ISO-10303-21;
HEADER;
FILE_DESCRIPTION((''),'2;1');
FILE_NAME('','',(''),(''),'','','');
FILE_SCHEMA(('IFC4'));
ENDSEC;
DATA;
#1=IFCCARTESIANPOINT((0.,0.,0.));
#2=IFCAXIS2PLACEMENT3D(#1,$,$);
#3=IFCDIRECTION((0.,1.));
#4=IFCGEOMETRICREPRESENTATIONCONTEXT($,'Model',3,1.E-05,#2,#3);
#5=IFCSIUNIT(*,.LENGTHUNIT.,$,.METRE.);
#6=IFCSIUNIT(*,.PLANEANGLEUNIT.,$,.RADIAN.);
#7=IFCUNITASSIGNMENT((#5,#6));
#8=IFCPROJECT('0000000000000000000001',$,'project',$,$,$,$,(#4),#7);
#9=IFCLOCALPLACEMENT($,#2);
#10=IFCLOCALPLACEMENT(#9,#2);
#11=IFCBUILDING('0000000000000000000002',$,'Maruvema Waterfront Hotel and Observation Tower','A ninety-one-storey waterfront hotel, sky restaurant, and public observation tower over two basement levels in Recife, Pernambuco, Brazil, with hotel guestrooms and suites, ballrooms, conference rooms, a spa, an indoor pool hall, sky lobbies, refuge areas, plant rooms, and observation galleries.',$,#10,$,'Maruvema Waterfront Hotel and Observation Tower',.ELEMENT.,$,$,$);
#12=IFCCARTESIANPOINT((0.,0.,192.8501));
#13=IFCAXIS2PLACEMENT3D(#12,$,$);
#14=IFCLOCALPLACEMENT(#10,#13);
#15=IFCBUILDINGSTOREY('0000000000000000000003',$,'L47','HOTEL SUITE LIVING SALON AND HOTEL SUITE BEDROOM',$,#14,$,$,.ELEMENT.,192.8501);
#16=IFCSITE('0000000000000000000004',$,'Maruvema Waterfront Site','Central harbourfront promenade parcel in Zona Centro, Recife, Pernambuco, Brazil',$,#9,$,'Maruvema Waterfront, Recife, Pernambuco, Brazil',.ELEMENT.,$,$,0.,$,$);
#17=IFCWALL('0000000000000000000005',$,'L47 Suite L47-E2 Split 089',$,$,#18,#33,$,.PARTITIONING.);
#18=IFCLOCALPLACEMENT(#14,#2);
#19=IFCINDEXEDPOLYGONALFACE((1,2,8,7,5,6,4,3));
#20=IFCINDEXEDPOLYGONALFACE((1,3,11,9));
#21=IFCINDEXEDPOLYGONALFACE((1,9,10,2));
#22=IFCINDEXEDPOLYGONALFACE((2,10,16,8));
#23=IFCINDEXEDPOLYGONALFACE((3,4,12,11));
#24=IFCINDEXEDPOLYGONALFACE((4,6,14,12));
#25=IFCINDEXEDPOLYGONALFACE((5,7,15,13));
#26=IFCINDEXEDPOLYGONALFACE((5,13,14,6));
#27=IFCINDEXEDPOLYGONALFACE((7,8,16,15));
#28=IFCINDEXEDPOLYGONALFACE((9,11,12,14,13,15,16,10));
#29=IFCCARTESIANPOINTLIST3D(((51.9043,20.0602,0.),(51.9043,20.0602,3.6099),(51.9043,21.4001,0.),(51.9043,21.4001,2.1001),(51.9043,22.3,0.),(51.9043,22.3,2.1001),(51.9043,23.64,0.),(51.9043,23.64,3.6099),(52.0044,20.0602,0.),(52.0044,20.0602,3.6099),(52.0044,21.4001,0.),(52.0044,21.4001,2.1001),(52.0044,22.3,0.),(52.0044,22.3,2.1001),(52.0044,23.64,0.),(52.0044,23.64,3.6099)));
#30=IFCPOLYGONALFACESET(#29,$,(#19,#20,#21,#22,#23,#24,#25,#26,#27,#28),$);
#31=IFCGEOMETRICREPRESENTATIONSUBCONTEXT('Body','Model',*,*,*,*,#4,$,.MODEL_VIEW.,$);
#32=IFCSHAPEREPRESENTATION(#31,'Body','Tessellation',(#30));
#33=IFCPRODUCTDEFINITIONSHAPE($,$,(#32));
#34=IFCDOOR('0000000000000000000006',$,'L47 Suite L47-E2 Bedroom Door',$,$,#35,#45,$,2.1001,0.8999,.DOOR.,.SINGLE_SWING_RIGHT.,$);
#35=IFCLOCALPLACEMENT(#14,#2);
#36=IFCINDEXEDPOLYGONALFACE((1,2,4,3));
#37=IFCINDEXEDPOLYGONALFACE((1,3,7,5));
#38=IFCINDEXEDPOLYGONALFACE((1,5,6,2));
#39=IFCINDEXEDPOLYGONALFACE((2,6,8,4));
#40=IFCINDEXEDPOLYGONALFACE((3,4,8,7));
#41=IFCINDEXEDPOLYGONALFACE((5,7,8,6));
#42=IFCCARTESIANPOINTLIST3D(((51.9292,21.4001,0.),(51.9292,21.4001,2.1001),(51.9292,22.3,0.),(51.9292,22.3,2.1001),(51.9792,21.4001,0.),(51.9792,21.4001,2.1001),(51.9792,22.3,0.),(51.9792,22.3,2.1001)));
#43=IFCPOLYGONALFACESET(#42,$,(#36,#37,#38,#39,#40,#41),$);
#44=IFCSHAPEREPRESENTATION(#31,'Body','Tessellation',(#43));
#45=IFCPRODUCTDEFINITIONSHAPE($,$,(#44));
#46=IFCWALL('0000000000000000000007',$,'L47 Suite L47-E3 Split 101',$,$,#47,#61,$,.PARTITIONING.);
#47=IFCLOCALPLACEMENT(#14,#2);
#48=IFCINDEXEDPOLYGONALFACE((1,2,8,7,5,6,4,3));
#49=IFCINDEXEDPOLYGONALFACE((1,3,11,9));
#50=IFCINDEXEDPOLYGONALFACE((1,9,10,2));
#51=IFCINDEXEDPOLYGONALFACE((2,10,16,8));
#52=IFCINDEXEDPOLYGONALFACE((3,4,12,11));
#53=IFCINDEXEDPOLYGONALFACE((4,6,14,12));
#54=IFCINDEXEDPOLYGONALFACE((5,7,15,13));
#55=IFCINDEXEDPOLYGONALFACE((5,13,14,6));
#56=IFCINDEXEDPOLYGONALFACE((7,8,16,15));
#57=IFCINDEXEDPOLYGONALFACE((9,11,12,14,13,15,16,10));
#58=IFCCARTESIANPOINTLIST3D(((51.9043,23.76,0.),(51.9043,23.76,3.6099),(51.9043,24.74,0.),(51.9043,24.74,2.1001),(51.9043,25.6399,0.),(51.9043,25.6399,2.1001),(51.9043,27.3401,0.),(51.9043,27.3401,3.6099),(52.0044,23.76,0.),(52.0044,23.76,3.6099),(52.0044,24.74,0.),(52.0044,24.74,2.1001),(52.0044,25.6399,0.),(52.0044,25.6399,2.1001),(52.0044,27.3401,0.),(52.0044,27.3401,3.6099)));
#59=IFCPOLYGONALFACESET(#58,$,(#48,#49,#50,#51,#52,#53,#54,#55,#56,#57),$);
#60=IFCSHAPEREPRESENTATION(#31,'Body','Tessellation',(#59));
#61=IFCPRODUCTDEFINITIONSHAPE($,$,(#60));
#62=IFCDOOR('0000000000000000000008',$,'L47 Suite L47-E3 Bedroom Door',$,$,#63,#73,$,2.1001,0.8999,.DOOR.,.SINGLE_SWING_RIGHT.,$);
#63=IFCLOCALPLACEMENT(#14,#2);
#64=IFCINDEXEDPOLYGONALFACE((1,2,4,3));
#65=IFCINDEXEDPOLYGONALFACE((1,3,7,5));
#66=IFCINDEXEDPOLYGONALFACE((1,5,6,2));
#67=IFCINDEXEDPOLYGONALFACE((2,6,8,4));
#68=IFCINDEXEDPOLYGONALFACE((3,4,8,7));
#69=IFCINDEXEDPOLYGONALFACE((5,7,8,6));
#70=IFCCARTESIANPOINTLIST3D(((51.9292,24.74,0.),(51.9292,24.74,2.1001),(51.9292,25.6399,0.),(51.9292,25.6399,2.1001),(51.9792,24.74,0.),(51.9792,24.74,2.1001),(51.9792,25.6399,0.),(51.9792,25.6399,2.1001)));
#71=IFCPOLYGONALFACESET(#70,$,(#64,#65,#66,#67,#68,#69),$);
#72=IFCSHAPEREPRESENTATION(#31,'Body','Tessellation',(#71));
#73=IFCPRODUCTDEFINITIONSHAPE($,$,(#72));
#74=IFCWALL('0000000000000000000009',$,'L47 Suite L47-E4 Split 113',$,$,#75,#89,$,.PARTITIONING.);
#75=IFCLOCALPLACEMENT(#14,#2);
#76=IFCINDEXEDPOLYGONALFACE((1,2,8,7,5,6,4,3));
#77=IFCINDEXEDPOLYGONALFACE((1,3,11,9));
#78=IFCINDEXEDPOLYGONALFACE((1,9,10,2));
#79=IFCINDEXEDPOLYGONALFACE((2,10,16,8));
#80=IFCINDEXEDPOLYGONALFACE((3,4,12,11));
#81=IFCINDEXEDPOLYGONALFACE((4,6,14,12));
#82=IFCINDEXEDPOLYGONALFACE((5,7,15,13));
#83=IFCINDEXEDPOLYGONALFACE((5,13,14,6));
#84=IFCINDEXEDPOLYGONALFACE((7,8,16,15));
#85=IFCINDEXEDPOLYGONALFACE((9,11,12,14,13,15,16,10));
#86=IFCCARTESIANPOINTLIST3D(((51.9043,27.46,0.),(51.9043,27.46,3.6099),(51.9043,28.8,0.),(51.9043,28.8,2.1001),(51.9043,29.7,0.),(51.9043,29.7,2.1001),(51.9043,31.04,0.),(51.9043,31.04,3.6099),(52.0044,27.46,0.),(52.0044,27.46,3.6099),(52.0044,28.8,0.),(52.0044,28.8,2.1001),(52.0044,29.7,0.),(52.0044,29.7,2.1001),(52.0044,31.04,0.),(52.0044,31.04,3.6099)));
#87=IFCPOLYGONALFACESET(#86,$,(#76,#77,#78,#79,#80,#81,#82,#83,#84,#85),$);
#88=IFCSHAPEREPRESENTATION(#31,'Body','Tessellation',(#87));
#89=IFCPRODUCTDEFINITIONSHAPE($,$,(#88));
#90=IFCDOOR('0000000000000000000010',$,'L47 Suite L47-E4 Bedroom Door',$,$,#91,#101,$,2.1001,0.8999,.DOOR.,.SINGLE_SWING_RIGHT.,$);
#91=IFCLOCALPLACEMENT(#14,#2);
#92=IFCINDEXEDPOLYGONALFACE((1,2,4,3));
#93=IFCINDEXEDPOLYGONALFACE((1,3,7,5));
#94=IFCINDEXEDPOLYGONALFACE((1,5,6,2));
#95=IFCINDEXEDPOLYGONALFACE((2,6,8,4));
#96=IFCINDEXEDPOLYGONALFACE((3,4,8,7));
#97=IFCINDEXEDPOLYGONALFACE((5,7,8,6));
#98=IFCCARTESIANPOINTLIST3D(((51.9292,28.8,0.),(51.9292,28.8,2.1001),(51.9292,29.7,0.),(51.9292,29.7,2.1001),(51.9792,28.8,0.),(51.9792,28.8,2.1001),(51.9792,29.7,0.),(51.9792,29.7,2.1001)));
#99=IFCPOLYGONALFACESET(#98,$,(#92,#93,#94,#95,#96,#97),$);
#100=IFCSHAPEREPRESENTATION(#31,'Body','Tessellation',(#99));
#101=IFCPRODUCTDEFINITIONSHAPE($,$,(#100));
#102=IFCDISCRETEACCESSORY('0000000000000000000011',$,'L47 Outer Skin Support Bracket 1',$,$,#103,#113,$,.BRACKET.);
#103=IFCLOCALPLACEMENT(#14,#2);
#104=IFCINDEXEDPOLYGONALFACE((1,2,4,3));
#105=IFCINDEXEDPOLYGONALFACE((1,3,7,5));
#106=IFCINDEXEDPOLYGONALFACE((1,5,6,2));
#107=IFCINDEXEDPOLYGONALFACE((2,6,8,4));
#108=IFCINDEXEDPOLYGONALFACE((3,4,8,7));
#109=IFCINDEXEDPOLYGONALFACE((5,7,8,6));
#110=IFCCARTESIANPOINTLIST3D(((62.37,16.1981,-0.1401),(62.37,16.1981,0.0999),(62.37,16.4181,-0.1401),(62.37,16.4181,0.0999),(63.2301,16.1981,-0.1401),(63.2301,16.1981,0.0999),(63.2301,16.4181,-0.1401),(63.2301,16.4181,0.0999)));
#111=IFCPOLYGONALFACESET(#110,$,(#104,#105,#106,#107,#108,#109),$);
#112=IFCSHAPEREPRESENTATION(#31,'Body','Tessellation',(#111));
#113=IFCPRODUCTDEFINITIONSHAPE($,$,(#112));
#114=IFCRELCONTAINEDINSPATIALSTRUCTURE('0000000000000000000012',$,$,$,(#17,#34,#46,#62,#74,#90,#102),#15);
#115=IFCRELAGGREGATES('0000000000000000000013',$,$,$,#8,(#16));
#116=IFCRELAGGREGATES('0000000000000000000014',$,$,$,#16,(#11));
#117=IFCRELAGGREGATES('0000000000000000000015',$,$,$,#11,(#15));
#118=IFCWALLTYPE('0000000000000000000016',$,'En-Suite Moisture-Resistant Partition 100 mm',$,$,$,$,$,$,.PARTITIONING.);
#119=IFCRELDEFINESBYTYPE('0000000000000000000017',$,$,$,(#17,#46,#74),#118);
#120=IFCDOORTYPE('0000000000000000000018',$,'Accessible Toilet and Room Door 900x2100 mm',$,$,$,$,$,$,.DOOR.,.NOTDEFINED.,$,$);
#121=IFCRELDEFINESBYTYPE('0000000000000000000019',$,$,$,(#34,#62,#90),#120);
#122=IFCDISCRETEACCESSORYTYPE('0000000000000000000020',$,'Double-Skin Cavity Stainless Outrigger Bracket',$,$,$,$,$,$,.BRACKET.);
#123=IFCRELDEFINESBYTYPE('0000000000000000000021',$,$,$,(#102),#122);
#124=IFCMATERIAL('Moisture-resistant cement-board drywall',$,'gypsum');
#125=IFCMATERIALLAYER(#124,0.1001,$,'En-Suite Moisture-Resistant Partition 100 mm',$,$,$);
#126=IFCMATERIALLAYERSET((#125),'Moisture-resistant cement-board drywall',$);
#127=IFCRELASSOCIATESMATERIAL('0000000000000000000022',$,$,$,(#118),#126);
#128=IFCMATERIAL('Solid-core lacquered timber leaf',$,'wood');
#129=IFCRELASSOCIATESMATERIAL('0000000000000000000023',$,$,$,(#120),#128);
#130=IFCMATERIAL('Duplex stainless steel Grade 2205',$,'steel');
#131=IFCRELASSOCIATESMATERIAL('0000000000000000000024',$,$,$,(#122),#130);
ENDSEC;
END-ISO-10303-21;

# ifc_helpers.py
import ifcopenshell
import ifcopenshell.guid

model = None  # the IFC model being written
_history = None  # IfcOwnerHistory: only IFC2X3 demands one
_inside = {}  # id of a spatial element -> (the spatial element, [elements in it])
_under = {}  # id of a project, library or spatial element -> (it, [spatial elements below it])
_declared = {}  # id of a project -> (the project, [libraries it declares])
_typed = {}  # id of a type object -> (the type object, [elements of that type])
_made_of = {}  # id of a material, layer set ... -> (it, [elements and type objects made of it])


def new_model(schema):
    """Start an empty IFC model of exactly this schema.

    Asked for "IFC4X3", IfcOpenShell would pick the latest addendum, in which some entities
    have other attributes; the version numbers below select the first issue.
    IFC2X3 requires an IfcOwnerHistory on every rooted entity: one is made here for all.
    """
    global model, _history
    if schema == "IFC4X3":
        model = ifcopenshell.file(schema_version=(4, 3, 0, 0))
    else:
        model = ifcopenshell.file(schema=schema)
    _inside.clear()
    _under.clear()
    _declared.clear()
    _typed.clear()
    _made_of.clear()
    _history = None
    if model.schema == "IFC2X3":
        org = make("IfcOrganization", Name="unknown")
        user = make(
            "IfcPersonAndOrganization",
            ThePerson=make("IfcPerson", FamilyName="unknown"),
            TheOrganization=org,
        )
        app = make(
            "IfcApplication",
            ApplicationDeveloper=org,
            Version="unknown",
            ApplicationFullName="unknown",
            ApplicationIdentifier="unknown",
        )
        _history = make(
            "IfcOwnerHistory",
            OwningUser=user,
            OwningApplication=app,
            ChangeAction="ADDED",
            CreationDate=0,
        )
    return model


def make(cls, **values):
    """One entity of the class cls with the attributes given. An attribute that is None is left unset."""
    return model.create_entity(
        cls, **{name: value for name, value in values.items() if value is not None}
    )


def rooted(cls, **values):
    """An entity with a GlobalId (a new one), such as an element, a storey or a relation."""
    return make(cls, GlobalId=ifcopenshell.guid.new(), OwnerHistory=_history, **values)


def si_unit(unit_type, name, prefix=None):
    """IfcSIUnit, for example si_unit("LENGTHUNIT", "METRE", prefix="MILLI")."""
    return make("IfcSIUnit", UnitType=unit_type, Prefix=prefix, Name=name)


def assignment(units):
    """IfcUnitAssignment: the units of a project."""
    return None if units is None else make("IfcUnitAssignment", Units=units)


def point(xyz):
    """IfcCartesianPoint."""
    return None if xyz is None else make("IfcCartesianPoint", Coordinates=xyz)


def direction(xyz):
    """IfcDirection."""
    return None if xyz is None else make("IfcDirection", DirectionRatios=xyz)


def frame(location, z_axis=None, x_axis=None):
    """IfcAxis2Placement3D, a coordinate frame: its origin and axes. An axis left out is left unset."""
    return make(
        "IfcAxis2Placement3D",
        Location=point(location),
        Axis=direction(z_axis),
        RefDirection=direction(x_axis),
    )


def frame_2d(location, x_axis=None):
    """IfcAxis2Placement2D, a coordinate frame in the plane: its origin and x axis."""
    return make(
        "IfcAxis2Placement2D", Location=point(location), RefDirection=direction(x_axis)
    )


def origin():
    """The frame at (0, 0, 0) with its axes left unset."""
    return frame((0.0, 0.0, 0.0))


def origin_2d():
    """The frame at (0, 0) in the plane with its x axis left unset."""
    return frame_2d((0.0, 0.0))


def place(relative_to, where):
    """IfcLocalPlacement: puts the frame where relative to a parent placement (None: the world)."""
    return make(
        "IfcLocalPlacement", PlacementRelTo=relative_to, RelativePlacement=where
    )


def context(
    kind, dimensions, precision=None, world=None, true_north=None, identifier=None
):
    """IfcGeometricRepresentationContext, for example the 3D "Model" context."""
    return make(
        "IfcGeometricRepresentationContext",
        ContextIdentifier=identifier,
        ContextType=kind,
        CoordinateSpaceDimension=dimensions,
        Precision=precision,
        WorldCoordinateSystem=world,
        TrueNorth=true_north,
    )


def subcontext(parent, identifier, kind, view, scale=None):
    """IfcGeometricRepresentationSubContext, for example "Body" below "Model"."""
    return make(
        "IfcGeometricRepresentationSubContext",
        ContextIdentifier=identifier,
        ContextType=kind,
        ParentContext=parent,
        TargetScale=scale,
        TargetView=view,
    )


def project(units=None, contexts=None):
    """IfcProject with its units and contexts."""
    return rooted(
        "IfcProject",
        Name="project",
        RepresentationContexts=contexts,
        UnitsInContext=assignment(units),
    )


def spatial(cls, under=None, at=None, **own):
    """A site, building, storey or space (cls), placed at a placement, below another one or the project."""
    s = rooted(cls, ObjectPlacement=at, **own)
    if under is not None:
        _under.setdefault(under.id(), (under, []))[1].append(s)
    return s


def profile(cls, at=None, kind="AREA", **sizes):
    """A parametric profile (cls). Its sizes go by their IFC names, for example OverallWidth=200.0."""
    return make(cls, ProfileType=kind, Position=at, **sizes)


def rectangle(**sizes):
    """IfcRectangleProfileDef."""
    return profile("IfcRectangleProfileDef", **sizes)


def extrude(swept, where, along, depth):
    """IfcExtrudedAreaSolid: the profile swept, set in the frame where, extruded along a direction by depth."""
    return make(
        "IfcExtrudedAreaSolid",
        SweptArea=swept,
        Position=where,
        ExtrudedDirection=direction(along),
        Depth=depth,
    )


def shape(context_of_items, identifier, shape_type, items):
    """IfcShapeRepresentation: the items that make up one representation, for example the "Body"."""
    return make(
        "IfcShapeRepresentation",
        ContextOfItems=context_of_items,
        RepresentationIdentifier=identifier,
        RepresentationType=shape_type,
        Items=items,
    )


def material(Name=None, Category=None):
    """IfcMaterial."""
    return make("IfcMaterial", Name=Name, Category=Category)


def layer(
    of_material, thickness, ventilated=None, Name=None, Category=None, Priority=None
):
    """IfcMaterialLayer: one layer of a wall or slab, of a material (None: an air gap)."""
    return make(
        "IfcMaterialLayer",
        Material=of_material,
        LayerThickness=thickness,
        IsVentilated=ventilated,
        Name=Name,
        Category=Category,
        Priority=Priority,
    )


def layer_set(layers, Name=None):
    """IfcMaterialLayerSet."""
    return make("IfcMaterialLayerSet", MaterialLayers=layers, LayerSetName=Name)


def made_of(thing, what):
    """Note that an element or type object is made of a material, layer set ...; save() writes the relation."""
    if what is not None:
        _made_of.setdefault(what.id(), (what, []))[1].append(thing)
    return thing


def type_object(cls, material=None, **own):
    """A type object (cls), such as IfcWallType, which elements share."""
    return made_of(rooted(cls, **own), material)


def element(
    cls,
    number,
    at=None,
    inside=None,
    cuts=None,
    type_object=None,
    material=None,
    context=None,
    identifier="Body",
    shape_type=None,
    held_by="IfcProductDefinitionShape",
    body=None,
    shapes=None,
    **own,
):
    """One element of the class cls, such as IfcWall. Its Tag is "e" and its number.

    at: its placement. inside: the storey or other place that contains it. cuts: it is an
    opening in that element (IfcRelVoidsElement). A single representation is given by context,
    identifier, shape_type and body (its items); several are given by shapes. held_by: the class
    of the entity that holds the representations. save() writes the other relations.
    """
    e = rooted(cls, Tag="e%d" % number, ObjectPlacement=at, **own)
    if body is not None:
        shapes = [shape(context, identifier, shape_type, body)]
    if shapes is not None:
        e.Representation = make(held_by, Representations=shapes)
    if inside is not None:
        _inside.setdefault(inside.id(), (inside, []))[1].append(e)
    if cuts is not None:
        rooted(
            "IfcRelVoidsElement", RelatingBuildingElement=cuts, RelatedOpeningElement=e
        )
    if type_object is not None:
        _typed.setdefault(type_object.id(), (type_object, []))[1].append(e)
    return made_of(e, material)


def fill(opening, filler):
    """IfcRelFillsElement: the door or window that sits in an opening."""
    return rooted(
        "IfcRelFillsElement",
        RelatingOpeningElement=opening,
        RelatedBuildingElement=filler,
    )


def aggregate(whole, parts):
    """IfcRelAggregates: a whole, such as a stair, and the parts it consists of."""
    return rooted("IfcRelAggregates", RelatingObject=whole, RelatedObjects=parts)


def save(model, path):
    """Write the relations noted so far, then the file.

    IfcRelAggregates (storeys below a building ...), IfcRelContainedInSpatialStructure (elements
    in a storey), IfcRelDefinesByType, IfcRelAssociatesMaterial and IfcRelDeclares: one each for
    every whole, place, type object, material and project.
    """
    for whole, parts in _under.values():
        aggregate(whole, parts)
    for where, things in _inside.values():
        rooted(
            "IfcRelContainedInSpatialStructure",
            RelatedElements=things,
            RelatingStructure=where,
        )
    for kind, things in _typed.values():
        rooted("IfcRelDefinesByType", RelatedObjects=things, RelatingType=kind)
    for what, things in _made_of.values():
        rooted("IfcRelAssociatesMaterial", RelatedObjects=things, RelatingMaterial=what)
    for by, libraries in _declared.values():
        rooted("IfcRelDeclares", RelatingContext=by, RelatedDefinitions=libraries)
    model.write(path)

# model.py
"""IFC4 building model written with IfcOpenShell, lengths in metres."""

from ifc_helpers import new_model, si_unit, direction, frame, frame_2d, origin, origin_2d, place, context, subcontext, project, spatial, rectangle, extrude, material, layer, layer_set, type_object, element, fill, save


model = new_model("IFC4")

# Units and contexts
model_context = context("Model", 3, precision=1e-05, world=origin(), true_north=direction((0.0, 1.0)))
body_context = subcontext(model_context, "Body", "Model", "MODEL_VIEW")
ifc_project = project(units=[si_unit("LENGTHUNIT", "METRE"), si_unit("PLANEANGLEUNIT", "RADIAN")], contexts=[model_context])

# Site, building, storey
site_placement = place(None, origin())
site = spatial("IfcSite", under=ifc_project, at=site_placement, Name="Maruvema Waterfront Site", Description="Central harbourfront promenade parcel in Zona Centro, Recife, Pernambuco, Brazil", LongName="Maruvema Waterfront, Recife, Pernambuco, Brazil", CompositionType="ELEMENT", RefElevation=0.0)
building_placement = place(site_placement, origin())
building = spatial("IfcBuilding", under=site, at=building_placement, Name="Maruvema Waterfront Hotel and Observation Tower", Description="A ninety-one-storey waterfront hotel, sky restaurant, and public observation tower over two basement levels in Recife, Pernambuco, Brazil, with hotel guestrooms and suites, ballrooms, conference rooms, a spa, an indoor pool hall, sky lobbies, refuge areas, plant rooms, and observation galleries.", LongName="Maruvema Waterfront Hotel and Observation Tower", CompositionType="ELEMENT")
storey_placement = place(building_placement, frame((0.0, 0.0, 192.8501)))
storey = spatial("IfcBuildingStorey", under=building, at=storey_placement, Name="L47", Description="HOTEL SUITE LIVING SALON AND HOTEL SUITE BEDROOM", CompositionType="ELEMENT", Elevation=192.8501)

# Walls, openings, doors
ifc_material_1 = material(Name="Moisture-resistant cement-board drywall", Category="gypsum")
ifc_layer_1 = layer(ifc_material_1, 0.1001, Name="En-Suite Moisture-Resistant Partition 100 mm")
ifc_layer_set_1 = layer_set([ifc_layer_1], Name="Moisture-resistant cement-board drywall")
wall_type_1 = type_object("IfcWallType", Name="En-Suite Moisture-Resistant Partition 100 mm", PredefinedType="PARTITIONING", material=ifc_layer_set_1)
ifc_material_2 = material(Name="Solid-core lacquered timber leaf", Category="wood")
door_type_1 = type_object("IfcDoorType", Name="Accessible Toilet and Room Door 900x2100 mm", OperationType="NOTDEFINED", PredefinedType="DOOR", material=ifc_material_2)
wall_1_placement = place(storey_placement, frame((51.9543, 20.0601, 0.0), z_axis=(0.0, 0.0, 1.0), x_axis=(0.0, 1.0, 0.0)))
wall_1 = element("IfcWall", 1, at=wall_1_placement, inside=storey, type_object=wall_type_1, Name="L47 Suite L47-E2 Split 089", PredefinedType="PARTITIONING", context=body_context, shape_type="SweptSolid", body=[
    extrude(rectangle(XDim=3.5798, YDim=0.1001, at=frame_2d((1.79, 0.0))), origin(), (0.0, 0.0, 1.0), 3.6099),
])
opening_1_placement = place(wall_1_placement, frame((1.3401, 0.0, 0.0)))
opening_1 = element("IfcOpeningElement", 2, at=opening_1_placement, cuts=wall_1, PredefinedType="OPENING", context=body_context, shape_type="SweptSolid", body=[
    extrude(rectangle(XDim=0.8999, YDim=2.1001, at=frame_2d((0.45, 1.05))), frame((0.0, 0.0601, 0.0), z_axis=(0.0, -1.0, 0.0), x_axis=(1.0, 0.0, 0.0)), (0.0, 0.0, 1.0), 0.1201),
])
door_1_placement = place(opening_1_placement, frame((0.8999, 0.0, 0.0), z_axis=(0.0, 0.0, 1.0), x_axis=(-1.0, 0.0, 0.0)))
door_1 = element("IfcDoor", 3, at=door_1_placement, inside=storey, type_object=door_type_1, Name="L47 Suite L47-E2 Bedroom Door", OperationType="SINGLE_SWING_RIGHT", OverallHeight=2.1001, OverallWidth=0.8999, PredefinedType="DOOR", context=body_context, shape_type="SweptSolid", body=[
    extrude(rectangle(XDim=0.8999, YDim=2.1001, at=frame_2d((0.45, 1.05))), frame((0.0, 0.0249, 0.0), z_axis=(0.0, -1.0, 0.0), x_axis=(1.0, 0.0, 0.0)), (0.0, 0.0, 1.0), 0.05),
])
fill(opening_1, door_1)
wall_2_placement = place(storey_placement, frame((51.9543, 23.76, 0.0), z_axis=(0.0, 0.0, 1.0), x_axis=(0.0, 1.0, 0.0)))
wall_2 = element("IfcWall", 4, at=wall_2_placement, inside=storey, type_object=wall_type_1, Name="L47 Suite L47-E3 Split 101", PredefinedType="PARTITIONING", context=body_context, shape_type="SweptSolid", body=[
    extrude(rectangle(XDim=3.5801, YDim=0.1001, at=frame_2d((1.79, 0.0))), origin(), (0.0, 0.0, 1.0), 3.6099),
])
opening_2_placement = place(wall_2_placement, frame((0.98, 0.0, 0.0)))
opening_2 = element("IfcOpeningElement", 5, at=opening_2_placement, cuts=wall_2, PredefinedType="OPENING", context=body_context, shape_type="SweptSolid", body=[
    extrude(rectangle(XDim=0.8999, YDim=2.1001, at=frame_2d((0.45, 1.05))), frame((0.0, 0.0601, 0.0), z_axis=(0.0, -1.0, 0.0), x_axis=(1.0, 0.0, 0.0)), (0.0, 0.0, 1.0), 0.1201),
])
door_2_placement = place(opening_2_placement, frame((0.8999, 0.0, 0.0), z_axis=(0.0, 0.0, 1.0), x_axis=(-1.0, 0.0, 0.0)))
door_2 = element("IfcDoor", 6, at=door_2_placement, inside=storey, type_object=door_type_1, Name="L47 Suite L47-E3 Bedroom Door", OperationType="SINGLE_SWING_RIGHT", OverallHeight=2.1001, OverallWidth=0.8999, PredefinedType="DOOR", context=body_context, shape_type="SweptSolid", body=[
    extrude(rectangle(XDim=0.8999, YDim=2.1001, at=frame_2d((0.45, 1.05))), frame((0.0, 0.0249, 0.0), z_axis=(0.0, -1.0, 0.0), x_axis=(1.0, 0.0, 0.0)), (0.0, 0.0, 1.0), 0.05),
])
fill(opening_2, door_2)
wall_3_placement = place(storey_placement, frame((51.9543, 27.46, 0.0), z_axis=(0.0, 0.0, 1.0), x_axis=(0.0, 1.0, 0.0)))
wall_3 = element("IfcWall", 7, at=wall_3_placement, inside=storey, type_object=wall_type_1, Name="L47 Suite L47-E4 Split 113", PredefinedType="PARTITIONING", context=body_context, shape_type="SweptSolid", body=[
    extrude(rectangle(XDim=3.5801, YDim=0.1001, at=frame_2d((1.79, 0.0))), origin(), (0.0, 0.0, 1.0), 3.6099),
])
opening_3_placement = place(wall_3_placement, frame((1.3401, 0.0, 0.0)))
opening_3 = element("IfcOpeningElement", 8, at=opening_3_placement, cuts=wall_3, PredefinedType="OPENING", context=body_context, shape_type="SweptSolid", body=[
    extrude(rectangle(XDim=0.8999, YDim=2.1001, at=frame_2d((0.45, 1.05))), frame((0.0, 0.0601, 0.0), z_axis=(0.0, -1.0, 0.0), x_axis=(1.0, 0.0, 0.0)), (0.0, 0.0, 1.0), 0.1201),
])
door_3_placement = place(opening_3_placement, frame((0.8999, 0.0, 0.0), z_axis=(0.0, 0.0, 1.0), x_axis=(-1.0, 0.0, 0.0)))
door_3 = element("IfcDoor", 9, at=door_3_placement, inside=storey, type_object=door_type_1, Name="L47 Suite L47-E4 Bedroom Door", OperationType="SINGLE_SWING_RIGHT", OverallHeight=2.1001, OverallWidth=0.8999, PredefinedType="DOOR", context=body_context, shape_type="SweptSolid", body=[
    extrude(rectangle(XDim=0.8999, YDim=2.1001, at=frame_2d((0.45, 1.05))), frame((0.0, 0.0249, 0.0), z_axis=(0.0, -1.0, 0.0), x_axis=(1.0, 0.0, 0.0)), (0.0, 0.0, 1.0), 0.05),
])
fill(opening_3, door_3)

# Discrete accessory
ifc_material_3 = material(Name="Duplex stainless steel Grade 2205", Category="steel")
discrete_accessory_type = type_object("IfcDiscreteAccessoryType", Name="Double-Skin Cavity Stainless Outrigger Bracket", PredefinedType="BRACKET", material=ifc_material_3)
discrete_accessory_placement = place(storey_placement, frame((62.8, 16.3081, -0.1401), z_axis=(0.0, 0.0, 1.0), x_axis=(0.0, 1.0, 0.0)))
element("IfcDiscreteAccessory", 10, at=discrete_accessory_placement, inside=storey, type_object=discrete_accessory_type, Name="L47 Outer Skin Support Bracket 1", PredefinedType="BRACKET", context=body_context, shape_type="SweptSolid", body=[
    extrude(rectangle(XDim=0.22, YDim=0.8601, at=origin_2d()), origin(), (0.0, 0.0, 1.0), 0.24),
])

save(model, "model.ifc")
